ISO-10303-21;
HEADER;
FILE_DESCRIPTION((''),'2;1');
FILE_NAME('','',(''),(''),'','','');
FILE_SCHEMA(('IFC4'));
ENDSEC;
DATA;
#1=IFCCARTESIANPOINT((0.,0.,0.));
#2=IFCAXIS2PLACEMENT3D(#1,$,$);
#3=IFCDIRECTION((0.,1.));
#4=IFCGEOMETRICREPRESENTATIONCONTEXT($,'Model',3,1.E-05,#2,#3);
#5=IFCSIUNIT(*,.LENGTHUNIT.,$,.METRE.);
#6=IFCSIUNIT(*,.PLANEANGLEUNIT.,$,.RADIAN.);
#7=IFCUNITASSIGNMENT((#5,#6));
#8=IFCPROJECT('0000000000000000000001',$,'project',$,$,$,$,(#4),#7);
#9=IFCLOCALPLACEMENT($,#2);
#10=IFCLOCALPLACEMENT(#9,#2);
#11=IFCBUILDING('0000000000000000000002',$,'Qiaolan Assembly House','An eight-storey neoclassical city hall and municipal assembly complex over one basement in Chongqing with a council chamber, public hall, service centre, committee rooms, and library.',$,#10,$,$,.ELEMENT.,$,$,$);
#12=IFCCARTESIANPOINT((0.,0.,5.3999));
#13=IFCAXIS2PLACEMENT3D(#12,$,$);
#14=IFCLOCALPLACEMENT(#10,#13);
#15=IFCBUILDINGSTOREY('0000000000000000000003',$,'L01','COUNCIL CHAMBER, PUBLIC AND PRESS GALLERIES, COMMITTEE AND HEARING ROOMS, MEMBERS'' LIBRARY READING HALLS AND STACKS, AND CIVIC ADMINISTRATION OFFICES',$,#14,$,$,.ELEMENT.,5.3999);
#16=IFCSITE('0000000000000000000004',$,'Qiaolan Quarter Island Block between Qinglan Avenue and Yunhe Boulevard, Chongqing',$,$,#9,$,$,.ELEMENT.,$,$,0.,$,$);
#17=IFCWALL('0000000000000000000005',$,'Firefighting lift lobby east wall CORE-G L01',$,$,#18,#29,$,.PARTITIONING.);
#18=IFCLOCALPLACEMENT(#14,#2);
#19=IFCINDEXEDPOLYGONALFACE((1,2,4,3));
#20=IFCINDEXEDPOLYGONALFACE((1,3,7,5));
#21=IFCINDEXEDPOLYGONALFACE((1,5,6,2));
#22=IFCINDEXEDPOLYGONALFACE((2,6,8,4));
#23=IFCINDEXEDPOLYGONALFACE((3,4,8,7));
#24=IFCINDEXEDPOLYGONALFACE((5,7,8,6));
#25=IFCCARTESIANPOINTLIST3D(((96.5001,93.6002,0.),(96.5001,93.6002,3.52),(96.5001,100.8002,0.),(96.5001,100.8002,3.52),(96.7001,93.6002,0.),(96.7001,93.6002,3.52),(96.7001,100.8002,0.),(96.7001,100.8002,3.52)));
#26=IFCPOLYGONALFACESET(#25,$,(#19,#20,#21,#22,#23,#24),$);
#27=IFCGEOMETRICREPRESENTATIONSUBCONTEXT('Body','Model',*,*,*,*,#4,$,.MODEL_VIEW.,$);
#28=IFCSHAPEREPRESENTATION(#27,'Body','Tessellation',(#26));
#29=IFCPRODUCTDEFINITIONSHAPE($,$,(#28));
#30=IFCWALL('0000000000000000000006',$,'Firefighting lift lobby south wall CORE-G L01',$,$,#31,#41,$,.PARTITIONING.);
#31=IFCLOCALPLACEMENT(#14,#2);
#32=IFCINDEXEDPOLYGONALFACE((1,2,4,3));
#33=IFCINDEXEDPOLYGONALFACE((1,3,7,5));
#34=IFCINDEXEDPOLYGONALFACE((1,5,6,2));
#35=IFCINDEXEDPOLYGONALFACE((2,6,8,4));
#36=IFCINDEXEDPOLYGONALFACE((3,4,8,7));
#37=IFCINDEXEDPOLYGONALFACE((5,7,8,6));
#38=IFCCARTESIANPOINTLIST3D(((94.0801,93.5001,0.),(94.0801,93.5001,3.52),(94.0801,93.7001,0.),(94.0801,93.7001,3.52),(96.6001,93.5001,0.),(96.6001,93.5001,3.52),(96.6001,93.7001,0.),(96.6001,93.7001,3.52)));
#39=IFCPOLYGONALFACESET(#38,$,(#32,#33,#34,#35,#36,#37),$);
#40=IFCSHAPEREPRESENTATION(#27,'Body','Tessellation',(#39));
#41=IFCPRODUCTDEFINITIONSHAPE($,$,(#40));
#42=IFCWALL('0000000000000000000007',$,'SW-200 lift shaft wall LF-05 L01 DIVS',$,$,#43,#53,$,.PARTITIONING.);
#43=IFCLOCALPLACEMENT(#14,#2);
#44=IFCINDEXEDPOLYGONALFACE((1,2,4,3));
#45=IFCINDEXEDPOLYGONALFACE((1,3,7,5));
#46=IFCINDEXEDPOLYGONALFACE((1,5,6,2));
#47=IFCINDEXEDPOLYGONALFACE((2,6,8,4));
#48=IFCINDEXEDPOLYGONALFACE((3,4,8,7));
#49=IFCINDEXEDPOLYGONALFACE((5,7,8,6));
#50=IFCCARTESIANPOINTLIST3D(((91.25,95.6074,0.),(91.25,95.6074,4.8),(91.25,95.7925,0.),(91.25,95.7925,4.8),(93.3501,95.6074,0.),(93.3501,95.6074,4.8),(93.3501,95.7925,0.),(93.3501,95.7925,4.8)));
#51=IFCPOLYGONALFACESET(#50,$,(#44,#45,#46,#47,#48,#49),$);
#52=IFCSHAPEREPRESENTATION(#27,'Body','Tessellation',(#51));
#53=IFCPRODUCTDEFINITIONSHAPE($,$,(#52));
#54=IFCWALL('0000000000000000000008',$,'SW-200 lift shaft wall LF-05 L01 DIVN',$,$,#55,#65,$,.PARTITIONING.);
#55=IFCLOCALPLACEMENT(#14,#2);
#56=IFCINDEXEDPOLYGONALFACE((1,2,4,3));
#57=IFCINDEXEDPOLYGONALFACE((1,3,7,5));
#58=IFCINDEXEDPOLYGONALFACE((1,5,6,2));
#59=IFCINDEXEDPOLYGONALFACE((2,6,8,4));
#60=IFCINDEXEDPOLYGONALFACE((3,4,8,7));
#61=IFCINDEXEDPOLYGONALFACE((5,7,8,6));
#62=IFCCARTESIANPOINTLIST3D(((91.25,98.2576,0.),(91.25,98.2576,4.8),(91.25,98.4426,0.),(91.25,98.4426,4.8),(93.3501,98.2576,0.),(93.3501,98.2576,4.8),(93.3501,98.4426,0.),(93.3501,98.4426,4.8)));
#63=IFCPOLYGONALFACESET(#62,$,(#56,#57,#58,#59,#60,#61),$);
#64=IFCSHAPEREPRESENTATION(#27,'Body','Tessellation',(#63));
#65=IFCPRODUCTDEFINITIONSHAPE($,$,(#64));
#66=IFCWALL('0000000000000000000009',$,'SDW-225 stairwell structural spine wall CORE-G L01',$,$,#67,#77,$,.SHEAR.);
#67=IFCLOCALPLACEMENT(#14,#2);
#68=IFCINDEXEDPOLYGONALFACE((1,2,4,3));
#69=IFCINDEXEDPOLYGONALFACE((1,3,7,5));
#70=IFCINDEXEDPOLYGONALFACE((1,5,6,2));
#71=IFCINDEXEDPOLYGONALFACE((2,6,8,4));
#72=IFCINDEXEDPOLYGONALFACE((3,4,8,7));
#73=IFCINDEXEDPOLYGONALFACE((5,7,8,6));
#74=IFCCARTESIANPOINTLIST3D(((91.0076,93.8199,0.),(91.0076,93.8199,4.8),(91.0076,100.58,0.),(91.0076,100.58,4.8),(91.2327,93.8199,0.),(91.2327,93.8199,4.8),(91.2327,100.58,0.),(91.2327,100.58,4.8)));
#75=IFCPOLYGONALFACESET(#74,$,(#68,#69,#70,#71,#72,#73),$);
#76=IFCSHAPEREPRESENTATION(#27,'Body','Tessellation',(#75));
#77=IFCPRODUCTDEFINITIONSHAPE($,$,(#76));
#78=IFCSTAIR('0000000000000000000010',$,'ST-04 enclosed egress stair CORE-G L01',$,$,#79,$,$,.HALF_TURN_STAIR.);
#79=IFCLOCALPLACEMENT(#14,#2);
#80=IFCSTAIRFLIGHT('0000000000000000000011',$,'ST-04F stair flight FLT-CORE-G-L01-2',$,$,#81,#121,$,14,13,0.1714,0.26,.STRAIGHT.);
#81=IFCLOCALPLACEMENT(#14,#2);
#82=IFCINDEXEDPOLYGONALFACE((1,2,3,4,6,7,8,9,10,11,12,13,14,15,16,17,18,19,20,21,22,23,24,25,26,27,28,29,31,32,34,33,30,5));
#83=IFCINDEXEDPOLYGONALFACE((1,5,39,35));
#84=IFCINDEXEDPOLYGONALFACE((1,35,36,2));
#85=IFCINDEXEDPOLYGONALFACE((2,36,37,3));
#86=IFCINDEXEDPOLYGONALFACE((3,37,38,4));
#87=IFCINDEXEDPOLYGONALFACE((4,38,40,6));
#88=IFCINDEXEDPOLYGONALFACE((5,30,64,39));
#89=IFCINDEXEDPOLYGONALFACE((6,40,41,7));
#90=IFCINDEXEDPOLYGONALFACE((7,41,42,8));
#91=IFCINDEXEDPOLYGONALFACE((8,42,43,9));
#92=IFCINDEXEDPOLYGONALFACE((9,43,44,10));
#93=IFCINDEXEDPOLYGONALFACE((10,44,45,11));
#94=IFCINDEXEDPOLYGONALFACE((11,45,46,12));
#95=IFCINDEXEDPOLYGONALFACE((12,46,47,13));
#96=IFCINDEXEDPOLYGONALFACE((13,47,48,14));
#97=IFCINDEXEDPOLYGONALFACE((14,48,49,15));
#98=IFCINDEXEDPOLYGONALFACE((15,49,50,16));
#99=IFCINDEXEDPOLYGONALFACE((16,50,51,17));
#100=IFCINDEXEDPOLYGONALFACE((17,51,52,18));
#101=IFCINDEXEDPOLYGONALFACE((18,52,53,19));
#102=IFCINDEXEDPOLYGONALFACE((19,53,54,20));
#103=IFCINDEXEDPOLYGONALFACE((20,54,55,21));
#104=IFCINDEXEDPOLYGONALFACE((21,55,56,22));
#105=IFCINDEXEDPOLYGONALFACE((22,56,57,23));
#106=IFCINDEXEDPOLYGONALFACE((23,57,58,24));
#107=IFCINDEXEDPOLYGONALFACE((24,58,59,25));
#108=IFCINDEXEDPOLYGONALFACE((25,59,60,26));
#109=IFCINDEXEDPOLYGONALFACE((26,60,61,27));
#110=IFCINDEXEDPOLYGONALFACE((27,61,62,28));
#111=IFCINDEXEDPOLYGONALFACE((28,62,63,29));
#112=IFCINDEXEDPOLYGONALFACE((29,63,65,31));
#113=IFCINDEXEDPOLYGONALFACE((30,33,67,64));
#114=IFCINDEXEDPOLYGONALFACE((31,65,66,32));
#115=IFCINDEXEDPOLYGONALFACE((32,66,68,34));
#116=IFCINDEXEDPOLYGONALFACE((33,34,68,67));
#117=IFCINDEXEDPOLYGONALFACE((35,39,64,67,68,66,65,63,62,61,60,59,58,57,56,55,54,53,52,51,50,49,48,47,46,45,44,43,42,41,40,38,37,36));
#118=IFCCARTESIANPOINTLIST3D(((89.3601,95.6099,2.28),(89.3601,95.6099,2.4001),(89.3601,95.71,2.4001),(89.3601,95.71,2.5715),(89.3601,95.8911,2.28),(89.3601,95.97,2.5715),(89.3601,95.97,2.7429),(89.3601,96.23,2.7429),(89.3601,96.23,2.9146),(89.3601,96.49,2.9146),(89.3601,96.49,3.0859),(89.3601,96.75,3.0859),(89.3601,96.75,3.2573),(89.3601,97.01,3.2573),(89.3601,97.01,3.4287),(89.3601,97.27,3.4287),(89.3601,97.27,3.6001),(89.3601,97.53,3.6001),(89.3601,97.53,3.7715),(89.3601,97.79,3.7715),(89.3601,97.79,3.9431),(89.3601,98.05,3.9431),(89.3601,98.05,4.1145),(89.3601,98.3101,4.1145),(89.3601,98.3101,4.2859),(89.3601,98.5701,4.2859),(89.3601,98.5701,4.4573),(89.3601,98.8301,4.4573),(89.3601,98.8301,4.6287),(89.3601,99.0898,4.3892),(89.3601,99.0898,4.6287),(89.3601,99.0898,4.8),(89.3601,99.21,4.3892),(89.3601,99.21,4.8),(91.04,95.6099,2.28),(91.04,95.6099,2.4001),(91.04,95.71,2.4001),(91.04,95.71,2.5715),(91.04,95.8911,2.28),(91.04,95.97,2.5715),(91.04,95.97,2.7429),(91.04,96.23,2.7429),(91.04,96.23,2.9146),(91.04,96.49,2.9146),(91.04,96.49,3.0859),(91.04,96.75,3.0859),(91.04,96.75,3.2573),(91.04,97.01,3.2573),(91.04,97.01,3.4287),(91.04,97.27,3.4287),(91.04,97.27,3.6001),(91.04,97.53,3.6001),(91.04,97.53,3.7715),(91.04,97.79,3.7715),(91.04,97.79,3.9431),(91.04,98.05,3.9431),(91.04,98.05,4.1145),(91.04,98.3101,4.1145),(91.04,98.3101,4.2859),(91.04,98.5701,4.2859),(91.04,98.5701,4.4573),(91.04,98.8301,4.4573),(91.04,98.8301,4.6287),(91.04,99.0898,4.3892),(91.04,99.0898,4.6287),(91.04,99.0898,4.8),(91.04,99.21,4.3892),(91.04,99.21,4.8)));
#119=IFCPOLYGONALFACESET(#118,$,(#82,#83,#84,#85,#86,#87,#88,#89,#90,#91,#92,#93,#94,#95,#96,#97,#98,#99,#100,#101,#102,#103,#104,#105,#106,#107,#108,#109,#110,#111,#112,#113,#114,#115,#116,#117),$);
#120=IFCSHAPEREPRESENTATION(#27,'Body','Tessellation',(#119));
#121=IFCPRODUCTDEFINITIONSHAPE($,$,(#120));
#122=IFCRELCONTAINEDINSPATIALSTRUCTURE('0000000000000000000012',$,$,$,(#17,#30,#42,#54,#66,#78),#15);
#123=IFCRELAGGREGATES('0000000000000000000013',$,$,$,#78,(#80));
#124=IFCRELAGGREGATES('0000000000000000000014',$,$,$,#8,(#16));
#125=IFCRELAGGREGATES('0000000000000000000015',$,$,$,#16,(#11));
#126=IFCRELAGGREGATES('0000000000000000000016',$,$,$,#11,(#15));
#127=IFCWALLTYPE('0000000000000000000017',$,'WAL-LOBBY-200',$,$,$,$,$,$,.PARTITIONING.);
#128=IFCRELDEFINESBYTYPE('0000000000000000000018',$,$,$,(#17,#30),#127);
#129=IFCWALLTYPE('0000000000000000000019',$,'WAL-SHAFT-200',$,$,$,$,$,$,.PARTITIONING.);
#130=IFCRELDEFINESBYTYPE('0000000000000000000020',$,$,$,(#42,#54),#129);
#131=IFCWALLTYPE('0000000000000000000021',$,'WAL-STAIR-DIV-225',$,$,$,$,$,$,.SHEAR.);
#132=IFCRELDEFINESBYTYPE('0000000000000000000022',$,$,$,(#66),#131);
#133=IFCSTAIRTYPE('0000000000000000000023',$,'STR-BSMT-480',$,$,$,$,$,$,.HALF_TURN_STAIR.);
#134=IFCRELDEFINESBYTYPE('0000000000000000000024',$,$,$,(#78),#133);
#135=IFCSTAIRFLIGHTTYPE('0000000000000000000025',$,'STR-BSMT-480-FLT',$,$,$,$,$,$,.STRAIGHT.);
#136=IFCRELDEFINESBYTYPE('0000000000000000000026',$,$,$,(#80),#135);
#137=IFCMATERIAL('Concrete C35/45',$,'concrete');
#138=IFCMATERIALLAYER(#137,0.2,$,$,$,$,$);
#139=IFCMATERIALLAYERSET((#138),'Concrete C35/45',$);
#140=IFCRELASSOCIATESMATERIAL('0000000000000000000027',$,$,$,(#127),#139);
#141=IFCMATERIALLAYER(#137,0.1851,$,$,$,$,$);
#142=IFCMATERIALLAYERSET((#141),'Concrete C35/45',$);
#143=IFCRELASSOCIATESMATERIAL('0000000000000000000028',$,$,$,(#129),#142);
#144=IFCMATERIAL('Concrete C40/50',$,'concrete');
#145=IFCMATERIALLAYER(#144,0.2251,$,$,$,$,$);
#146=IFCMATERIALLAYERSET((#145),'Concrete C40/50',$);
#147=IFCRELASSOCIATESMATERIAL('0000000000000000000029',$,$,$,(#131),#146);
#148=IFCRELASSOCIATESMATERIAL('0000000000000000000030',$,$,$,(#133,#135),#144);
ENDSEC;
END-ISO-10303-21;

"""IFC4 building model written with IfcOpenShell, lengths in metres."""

from ifc_helpers import new_model, si_unit, direction, frame, frame_2d, origin, place, context, subcontext, project, spatial, polyline, rectangle, outline, extrude, material, layer, layer_set, type_object, element, aggregate, save


model = new_model("IFC4")

# Units and contexts
model_context = context("Model", 3, precision=1e-05, world=origin(), true_north=direction((0.0, 1.0)))
body_context = subcontext(model_context, "Body", "Model", "MODEL_VIEW")
ifc_project = project(units=[si_unit("LENGTHUNIT", "METRE"), si_unit("PLANEANGLEUNIT", "RADIAN")], contexts=[model_context])

# Site, building, storey
site_placement = place(None, origin())
site = spatial("IfcSite", under=ifc_project, at=site_placement, Name="Qiaolan Quarter Island Block between Qinglan Avenue and Yunhe Boulevard, Chongqing", CompositionType="ELEMENT", RefElevation=0.0)
building_placement = place(site_placement, origin())
building = spatial("IfcBuilding", under=site, at=building_placement, Name="Qiaolan Assembly House", Description="An eight-storey neoclassical city hall and municipal assembly complex over one basement in Chongqing with a council chamber, public hall, service centre, committee rooms, and library.", CompositionType="ELEMENT")
storey_placement = place(building_placement, frame((0.0, 0.0, 5.3999)))
storey = spatial("IfcBuildingStorey", under=building, at=storey_placement, Name="L01", Description="COUNCIL CHAMBER, PUBLIC AND PRESS GALLERIES, COMMITTEE AND HEARING ROOMS, MEMBERS' LIBRARY READING HALLS AND STACKS, AND CIVIC ADMINISTRATION OFFICES", CompositionType="ELEMENT", Elevation=5.3999)

# Shared definitions
ifc_material_1 = material(Name="Concrete C40/50", Category="concrete")

# Walls
ifc_material_2 = material(Name="Concrete C35/45", Category="concrete")
ifc_layer_1 = layer(ifc_material_2, 0.2)
ifc_layer_set_1 = layer_set([ifc_layer_1], Name="Concrete C35/45")
wall_type_1 = type_object("IfcWallType", Name="WAL-LOBBY-200", PredefinedType="PARTITIONING", material=ifc_layer_set_1)
wall_1_placement = place(storey_placement, frame((96.6001, 93.6001, 0.0), z_axis=(0.0, 0.0, 1.0), x_axis=(0.0, 1.0, 0.0)))
element("IfcWall", 1, at=wall_1_placement, inside=storey, type_object=wall_type_1, Name="Firefighting lift lobby east wall CORE-G L01", PredefinedType="PARTITIONING", context=body_context, shape_type="SweptSolid", body=[
    extrude(rectangle(XDim=7.2, YDim=0.2, at=frame_2d((3.6001, 0.0))), origin(), (0.0, 0.0, 1.0), 3.52),
])
wall_2_placement = place(storey_placement, frame((94.0801, 93.6001, 0.0), z_axis=(0.0, 0.0, 1.0), x_axis=(1.0, 0.0, 0.0)))
element("IfcWall", 2, at=wall_2_placement, inside=storey, type_object=wall_type_1, Name="Firefighting lift lobby south wall CORE-G L01", PredefinedType="PARTITIONING", context=body_context, shape_type="SweptSolid", body=[
    extrude(rectangle(XDim=2.52, YDim=0.2, at=frame_2d((1.26, 0.0))), origin(), (0.0, 0.0, 1.0), 3.52),
])
ifc_layer_2 = layer(ifc_material_2, 0.1851)
ifc_layer_set_2 = layer_set([ifc_layer_2], Name="Concrete C35/45")
wall_type_2 = type_object("IfcWallType", Name="WAL-SHAFT-200", PredefinedType="PARTITIONING", material=ifc_layer_set_2)
for number, where, z_axis, x_axis, name in (
    (3, (91.25, 95.7, 0.0), (0.0, 0.0, 1.0), (1.0, 0.0, 0.0), "SW-200 lift shaft wall LF-05 L01 DIVS"),
    (4, (91.25, 98.3501, 0.0), (0.0, 0.0, 1.0), (1.0, 0.0, 0.0), "SW-200 lift shaft wall LF-05 L01 DIVN"),
):
    element("IfcWall", number, at=place(storey_placement, frame(where, z_axis=z_axis, x_axis=x_axis)), inside=storey, type_object=wall_type_2, Name=name, PredefinedType="PARTITIONING", context=body_context, shape_type="SweptSolid", body=[
        extrude(rectangle(XDim=2.1001, YDim=0.1851, at=frame_2d((1.05, 0.0))), origin(), (0.0, 0.0, 1.0), 4.8),
    ])
ifc_layer_3 = layer(ifc_material_1, 0.2251)
ifc_layer_set_3 = layer_set([ifc_layer_3], Name="Concrete C40/50")
wall_type_3 = type_object("IfcWallType", Name="WAL-STAIR-DIV-225", PredefinedType="SHEAR", material=ifc_layer_set_3)
wall_3_placement = place(storey_placement, frame((91.1201, 93.8201, 0.0), z_axis=(0.0, 0.0, 1.0), x_axis=(0.0, 1.0, 0.0)))
element("IfcWall", 5, at=wall_3_placement, inside=storey, type_object=wall_type_3, Name="SDW-225 stairwell structural spine wall CORE-G L01", PredefinedType="SHEAR", context=body_context, shape_type="SweptSolid", body=[
    extrude(rectangle(XDim=6.76, YDim=0.2251, at=frame_2d((3.3799, 0.0))), origin(), (0.0, 0.0, 1.0), 4.8),
])

# Stair, stair flight
stair_type = type_object("IfcStairType", Name="STR-BSMT-480", PredefinedType="HALF_TURN_STAIR", material=ifc_material_1)
stair_placement = place(storey_placement, origin())
stair = element("IfcStair", 6, at=stair_placement, inside=storey, type_object=stair_type, Name="ST-04 enclosed egress stair CORE-G L01", PredefinedType="HALF_TURN_STAIR")
stair_flight_type = type_object("IfcStairFlightType", Name="STR-BSMT-480-FLT", PredefinedType="STRAIGHT", material=ifc_material_1)
stair_flight_placement = place(storey_placement, frame((90.2, 95.71, 2.4001), z_axis=(0.0, 0.0, 1.0), x_axis=(0.0, 1.0, 0.0)))
stair_flight = element("IfcStairFlight", 7, at=stair_flight_placement, type_object=stair_flight_type, Name="ST-04F stair flight FLT-CORE-G-L01-2", NumberOfRisers=14, NumberOfTreads=13, PredefinedType="STRAIGHT", RiserHeight=0.1714, TreadLength=0.26, context=body_context, shape_type="SweptSolid", body=[
    extrude(outline(polyline([(-0.1001, -0.1201), (-0.1001, 0.0), (0.0, 0.0), (0.0, 0.1714), (0.26, 0.1714), (0.26, 0.3428), (0.52, 0.3428), (0.52, 0.5144), (0.78, 0.5144), (0.78, 0.6858), (1.04, 0.6858), (1.04, 0.8572), (1.3, 0.8572), (1.3, 1.0286), (1.5601, 1.0286), (1.5601, 1.2), (1.8201, 1.2), (1.8201, 1.3713), (2.0801, 1.3713), (2.0801, 1.543), (2.3401, 1.543), (2.3401, 1.7144), (2.6001, 1.7144), (2.6001, 1.8857), (2.8601, 1.8857), (2.8601, 2.0571), (3.1201, 2.0571), (3.1201, 2.2285), (3.3799, 2.2285), (3.3799, 2.3999), (3.5, 2.3999), (3.5, 1.989), (3.3799, 1.989), (0.1812, -0.1201), (-0.1001, -0.1201)])), frame((0.0, 0.8398, 0.0), z_axis=(0.0, -1.0, 0.0), x_axis=(1.0, 0.0, 0.0)), (0.0, 0.0, 1.0), 1.6799),
])
aggregate(stair, [stair_flight])

save(model, "model.ifc")
